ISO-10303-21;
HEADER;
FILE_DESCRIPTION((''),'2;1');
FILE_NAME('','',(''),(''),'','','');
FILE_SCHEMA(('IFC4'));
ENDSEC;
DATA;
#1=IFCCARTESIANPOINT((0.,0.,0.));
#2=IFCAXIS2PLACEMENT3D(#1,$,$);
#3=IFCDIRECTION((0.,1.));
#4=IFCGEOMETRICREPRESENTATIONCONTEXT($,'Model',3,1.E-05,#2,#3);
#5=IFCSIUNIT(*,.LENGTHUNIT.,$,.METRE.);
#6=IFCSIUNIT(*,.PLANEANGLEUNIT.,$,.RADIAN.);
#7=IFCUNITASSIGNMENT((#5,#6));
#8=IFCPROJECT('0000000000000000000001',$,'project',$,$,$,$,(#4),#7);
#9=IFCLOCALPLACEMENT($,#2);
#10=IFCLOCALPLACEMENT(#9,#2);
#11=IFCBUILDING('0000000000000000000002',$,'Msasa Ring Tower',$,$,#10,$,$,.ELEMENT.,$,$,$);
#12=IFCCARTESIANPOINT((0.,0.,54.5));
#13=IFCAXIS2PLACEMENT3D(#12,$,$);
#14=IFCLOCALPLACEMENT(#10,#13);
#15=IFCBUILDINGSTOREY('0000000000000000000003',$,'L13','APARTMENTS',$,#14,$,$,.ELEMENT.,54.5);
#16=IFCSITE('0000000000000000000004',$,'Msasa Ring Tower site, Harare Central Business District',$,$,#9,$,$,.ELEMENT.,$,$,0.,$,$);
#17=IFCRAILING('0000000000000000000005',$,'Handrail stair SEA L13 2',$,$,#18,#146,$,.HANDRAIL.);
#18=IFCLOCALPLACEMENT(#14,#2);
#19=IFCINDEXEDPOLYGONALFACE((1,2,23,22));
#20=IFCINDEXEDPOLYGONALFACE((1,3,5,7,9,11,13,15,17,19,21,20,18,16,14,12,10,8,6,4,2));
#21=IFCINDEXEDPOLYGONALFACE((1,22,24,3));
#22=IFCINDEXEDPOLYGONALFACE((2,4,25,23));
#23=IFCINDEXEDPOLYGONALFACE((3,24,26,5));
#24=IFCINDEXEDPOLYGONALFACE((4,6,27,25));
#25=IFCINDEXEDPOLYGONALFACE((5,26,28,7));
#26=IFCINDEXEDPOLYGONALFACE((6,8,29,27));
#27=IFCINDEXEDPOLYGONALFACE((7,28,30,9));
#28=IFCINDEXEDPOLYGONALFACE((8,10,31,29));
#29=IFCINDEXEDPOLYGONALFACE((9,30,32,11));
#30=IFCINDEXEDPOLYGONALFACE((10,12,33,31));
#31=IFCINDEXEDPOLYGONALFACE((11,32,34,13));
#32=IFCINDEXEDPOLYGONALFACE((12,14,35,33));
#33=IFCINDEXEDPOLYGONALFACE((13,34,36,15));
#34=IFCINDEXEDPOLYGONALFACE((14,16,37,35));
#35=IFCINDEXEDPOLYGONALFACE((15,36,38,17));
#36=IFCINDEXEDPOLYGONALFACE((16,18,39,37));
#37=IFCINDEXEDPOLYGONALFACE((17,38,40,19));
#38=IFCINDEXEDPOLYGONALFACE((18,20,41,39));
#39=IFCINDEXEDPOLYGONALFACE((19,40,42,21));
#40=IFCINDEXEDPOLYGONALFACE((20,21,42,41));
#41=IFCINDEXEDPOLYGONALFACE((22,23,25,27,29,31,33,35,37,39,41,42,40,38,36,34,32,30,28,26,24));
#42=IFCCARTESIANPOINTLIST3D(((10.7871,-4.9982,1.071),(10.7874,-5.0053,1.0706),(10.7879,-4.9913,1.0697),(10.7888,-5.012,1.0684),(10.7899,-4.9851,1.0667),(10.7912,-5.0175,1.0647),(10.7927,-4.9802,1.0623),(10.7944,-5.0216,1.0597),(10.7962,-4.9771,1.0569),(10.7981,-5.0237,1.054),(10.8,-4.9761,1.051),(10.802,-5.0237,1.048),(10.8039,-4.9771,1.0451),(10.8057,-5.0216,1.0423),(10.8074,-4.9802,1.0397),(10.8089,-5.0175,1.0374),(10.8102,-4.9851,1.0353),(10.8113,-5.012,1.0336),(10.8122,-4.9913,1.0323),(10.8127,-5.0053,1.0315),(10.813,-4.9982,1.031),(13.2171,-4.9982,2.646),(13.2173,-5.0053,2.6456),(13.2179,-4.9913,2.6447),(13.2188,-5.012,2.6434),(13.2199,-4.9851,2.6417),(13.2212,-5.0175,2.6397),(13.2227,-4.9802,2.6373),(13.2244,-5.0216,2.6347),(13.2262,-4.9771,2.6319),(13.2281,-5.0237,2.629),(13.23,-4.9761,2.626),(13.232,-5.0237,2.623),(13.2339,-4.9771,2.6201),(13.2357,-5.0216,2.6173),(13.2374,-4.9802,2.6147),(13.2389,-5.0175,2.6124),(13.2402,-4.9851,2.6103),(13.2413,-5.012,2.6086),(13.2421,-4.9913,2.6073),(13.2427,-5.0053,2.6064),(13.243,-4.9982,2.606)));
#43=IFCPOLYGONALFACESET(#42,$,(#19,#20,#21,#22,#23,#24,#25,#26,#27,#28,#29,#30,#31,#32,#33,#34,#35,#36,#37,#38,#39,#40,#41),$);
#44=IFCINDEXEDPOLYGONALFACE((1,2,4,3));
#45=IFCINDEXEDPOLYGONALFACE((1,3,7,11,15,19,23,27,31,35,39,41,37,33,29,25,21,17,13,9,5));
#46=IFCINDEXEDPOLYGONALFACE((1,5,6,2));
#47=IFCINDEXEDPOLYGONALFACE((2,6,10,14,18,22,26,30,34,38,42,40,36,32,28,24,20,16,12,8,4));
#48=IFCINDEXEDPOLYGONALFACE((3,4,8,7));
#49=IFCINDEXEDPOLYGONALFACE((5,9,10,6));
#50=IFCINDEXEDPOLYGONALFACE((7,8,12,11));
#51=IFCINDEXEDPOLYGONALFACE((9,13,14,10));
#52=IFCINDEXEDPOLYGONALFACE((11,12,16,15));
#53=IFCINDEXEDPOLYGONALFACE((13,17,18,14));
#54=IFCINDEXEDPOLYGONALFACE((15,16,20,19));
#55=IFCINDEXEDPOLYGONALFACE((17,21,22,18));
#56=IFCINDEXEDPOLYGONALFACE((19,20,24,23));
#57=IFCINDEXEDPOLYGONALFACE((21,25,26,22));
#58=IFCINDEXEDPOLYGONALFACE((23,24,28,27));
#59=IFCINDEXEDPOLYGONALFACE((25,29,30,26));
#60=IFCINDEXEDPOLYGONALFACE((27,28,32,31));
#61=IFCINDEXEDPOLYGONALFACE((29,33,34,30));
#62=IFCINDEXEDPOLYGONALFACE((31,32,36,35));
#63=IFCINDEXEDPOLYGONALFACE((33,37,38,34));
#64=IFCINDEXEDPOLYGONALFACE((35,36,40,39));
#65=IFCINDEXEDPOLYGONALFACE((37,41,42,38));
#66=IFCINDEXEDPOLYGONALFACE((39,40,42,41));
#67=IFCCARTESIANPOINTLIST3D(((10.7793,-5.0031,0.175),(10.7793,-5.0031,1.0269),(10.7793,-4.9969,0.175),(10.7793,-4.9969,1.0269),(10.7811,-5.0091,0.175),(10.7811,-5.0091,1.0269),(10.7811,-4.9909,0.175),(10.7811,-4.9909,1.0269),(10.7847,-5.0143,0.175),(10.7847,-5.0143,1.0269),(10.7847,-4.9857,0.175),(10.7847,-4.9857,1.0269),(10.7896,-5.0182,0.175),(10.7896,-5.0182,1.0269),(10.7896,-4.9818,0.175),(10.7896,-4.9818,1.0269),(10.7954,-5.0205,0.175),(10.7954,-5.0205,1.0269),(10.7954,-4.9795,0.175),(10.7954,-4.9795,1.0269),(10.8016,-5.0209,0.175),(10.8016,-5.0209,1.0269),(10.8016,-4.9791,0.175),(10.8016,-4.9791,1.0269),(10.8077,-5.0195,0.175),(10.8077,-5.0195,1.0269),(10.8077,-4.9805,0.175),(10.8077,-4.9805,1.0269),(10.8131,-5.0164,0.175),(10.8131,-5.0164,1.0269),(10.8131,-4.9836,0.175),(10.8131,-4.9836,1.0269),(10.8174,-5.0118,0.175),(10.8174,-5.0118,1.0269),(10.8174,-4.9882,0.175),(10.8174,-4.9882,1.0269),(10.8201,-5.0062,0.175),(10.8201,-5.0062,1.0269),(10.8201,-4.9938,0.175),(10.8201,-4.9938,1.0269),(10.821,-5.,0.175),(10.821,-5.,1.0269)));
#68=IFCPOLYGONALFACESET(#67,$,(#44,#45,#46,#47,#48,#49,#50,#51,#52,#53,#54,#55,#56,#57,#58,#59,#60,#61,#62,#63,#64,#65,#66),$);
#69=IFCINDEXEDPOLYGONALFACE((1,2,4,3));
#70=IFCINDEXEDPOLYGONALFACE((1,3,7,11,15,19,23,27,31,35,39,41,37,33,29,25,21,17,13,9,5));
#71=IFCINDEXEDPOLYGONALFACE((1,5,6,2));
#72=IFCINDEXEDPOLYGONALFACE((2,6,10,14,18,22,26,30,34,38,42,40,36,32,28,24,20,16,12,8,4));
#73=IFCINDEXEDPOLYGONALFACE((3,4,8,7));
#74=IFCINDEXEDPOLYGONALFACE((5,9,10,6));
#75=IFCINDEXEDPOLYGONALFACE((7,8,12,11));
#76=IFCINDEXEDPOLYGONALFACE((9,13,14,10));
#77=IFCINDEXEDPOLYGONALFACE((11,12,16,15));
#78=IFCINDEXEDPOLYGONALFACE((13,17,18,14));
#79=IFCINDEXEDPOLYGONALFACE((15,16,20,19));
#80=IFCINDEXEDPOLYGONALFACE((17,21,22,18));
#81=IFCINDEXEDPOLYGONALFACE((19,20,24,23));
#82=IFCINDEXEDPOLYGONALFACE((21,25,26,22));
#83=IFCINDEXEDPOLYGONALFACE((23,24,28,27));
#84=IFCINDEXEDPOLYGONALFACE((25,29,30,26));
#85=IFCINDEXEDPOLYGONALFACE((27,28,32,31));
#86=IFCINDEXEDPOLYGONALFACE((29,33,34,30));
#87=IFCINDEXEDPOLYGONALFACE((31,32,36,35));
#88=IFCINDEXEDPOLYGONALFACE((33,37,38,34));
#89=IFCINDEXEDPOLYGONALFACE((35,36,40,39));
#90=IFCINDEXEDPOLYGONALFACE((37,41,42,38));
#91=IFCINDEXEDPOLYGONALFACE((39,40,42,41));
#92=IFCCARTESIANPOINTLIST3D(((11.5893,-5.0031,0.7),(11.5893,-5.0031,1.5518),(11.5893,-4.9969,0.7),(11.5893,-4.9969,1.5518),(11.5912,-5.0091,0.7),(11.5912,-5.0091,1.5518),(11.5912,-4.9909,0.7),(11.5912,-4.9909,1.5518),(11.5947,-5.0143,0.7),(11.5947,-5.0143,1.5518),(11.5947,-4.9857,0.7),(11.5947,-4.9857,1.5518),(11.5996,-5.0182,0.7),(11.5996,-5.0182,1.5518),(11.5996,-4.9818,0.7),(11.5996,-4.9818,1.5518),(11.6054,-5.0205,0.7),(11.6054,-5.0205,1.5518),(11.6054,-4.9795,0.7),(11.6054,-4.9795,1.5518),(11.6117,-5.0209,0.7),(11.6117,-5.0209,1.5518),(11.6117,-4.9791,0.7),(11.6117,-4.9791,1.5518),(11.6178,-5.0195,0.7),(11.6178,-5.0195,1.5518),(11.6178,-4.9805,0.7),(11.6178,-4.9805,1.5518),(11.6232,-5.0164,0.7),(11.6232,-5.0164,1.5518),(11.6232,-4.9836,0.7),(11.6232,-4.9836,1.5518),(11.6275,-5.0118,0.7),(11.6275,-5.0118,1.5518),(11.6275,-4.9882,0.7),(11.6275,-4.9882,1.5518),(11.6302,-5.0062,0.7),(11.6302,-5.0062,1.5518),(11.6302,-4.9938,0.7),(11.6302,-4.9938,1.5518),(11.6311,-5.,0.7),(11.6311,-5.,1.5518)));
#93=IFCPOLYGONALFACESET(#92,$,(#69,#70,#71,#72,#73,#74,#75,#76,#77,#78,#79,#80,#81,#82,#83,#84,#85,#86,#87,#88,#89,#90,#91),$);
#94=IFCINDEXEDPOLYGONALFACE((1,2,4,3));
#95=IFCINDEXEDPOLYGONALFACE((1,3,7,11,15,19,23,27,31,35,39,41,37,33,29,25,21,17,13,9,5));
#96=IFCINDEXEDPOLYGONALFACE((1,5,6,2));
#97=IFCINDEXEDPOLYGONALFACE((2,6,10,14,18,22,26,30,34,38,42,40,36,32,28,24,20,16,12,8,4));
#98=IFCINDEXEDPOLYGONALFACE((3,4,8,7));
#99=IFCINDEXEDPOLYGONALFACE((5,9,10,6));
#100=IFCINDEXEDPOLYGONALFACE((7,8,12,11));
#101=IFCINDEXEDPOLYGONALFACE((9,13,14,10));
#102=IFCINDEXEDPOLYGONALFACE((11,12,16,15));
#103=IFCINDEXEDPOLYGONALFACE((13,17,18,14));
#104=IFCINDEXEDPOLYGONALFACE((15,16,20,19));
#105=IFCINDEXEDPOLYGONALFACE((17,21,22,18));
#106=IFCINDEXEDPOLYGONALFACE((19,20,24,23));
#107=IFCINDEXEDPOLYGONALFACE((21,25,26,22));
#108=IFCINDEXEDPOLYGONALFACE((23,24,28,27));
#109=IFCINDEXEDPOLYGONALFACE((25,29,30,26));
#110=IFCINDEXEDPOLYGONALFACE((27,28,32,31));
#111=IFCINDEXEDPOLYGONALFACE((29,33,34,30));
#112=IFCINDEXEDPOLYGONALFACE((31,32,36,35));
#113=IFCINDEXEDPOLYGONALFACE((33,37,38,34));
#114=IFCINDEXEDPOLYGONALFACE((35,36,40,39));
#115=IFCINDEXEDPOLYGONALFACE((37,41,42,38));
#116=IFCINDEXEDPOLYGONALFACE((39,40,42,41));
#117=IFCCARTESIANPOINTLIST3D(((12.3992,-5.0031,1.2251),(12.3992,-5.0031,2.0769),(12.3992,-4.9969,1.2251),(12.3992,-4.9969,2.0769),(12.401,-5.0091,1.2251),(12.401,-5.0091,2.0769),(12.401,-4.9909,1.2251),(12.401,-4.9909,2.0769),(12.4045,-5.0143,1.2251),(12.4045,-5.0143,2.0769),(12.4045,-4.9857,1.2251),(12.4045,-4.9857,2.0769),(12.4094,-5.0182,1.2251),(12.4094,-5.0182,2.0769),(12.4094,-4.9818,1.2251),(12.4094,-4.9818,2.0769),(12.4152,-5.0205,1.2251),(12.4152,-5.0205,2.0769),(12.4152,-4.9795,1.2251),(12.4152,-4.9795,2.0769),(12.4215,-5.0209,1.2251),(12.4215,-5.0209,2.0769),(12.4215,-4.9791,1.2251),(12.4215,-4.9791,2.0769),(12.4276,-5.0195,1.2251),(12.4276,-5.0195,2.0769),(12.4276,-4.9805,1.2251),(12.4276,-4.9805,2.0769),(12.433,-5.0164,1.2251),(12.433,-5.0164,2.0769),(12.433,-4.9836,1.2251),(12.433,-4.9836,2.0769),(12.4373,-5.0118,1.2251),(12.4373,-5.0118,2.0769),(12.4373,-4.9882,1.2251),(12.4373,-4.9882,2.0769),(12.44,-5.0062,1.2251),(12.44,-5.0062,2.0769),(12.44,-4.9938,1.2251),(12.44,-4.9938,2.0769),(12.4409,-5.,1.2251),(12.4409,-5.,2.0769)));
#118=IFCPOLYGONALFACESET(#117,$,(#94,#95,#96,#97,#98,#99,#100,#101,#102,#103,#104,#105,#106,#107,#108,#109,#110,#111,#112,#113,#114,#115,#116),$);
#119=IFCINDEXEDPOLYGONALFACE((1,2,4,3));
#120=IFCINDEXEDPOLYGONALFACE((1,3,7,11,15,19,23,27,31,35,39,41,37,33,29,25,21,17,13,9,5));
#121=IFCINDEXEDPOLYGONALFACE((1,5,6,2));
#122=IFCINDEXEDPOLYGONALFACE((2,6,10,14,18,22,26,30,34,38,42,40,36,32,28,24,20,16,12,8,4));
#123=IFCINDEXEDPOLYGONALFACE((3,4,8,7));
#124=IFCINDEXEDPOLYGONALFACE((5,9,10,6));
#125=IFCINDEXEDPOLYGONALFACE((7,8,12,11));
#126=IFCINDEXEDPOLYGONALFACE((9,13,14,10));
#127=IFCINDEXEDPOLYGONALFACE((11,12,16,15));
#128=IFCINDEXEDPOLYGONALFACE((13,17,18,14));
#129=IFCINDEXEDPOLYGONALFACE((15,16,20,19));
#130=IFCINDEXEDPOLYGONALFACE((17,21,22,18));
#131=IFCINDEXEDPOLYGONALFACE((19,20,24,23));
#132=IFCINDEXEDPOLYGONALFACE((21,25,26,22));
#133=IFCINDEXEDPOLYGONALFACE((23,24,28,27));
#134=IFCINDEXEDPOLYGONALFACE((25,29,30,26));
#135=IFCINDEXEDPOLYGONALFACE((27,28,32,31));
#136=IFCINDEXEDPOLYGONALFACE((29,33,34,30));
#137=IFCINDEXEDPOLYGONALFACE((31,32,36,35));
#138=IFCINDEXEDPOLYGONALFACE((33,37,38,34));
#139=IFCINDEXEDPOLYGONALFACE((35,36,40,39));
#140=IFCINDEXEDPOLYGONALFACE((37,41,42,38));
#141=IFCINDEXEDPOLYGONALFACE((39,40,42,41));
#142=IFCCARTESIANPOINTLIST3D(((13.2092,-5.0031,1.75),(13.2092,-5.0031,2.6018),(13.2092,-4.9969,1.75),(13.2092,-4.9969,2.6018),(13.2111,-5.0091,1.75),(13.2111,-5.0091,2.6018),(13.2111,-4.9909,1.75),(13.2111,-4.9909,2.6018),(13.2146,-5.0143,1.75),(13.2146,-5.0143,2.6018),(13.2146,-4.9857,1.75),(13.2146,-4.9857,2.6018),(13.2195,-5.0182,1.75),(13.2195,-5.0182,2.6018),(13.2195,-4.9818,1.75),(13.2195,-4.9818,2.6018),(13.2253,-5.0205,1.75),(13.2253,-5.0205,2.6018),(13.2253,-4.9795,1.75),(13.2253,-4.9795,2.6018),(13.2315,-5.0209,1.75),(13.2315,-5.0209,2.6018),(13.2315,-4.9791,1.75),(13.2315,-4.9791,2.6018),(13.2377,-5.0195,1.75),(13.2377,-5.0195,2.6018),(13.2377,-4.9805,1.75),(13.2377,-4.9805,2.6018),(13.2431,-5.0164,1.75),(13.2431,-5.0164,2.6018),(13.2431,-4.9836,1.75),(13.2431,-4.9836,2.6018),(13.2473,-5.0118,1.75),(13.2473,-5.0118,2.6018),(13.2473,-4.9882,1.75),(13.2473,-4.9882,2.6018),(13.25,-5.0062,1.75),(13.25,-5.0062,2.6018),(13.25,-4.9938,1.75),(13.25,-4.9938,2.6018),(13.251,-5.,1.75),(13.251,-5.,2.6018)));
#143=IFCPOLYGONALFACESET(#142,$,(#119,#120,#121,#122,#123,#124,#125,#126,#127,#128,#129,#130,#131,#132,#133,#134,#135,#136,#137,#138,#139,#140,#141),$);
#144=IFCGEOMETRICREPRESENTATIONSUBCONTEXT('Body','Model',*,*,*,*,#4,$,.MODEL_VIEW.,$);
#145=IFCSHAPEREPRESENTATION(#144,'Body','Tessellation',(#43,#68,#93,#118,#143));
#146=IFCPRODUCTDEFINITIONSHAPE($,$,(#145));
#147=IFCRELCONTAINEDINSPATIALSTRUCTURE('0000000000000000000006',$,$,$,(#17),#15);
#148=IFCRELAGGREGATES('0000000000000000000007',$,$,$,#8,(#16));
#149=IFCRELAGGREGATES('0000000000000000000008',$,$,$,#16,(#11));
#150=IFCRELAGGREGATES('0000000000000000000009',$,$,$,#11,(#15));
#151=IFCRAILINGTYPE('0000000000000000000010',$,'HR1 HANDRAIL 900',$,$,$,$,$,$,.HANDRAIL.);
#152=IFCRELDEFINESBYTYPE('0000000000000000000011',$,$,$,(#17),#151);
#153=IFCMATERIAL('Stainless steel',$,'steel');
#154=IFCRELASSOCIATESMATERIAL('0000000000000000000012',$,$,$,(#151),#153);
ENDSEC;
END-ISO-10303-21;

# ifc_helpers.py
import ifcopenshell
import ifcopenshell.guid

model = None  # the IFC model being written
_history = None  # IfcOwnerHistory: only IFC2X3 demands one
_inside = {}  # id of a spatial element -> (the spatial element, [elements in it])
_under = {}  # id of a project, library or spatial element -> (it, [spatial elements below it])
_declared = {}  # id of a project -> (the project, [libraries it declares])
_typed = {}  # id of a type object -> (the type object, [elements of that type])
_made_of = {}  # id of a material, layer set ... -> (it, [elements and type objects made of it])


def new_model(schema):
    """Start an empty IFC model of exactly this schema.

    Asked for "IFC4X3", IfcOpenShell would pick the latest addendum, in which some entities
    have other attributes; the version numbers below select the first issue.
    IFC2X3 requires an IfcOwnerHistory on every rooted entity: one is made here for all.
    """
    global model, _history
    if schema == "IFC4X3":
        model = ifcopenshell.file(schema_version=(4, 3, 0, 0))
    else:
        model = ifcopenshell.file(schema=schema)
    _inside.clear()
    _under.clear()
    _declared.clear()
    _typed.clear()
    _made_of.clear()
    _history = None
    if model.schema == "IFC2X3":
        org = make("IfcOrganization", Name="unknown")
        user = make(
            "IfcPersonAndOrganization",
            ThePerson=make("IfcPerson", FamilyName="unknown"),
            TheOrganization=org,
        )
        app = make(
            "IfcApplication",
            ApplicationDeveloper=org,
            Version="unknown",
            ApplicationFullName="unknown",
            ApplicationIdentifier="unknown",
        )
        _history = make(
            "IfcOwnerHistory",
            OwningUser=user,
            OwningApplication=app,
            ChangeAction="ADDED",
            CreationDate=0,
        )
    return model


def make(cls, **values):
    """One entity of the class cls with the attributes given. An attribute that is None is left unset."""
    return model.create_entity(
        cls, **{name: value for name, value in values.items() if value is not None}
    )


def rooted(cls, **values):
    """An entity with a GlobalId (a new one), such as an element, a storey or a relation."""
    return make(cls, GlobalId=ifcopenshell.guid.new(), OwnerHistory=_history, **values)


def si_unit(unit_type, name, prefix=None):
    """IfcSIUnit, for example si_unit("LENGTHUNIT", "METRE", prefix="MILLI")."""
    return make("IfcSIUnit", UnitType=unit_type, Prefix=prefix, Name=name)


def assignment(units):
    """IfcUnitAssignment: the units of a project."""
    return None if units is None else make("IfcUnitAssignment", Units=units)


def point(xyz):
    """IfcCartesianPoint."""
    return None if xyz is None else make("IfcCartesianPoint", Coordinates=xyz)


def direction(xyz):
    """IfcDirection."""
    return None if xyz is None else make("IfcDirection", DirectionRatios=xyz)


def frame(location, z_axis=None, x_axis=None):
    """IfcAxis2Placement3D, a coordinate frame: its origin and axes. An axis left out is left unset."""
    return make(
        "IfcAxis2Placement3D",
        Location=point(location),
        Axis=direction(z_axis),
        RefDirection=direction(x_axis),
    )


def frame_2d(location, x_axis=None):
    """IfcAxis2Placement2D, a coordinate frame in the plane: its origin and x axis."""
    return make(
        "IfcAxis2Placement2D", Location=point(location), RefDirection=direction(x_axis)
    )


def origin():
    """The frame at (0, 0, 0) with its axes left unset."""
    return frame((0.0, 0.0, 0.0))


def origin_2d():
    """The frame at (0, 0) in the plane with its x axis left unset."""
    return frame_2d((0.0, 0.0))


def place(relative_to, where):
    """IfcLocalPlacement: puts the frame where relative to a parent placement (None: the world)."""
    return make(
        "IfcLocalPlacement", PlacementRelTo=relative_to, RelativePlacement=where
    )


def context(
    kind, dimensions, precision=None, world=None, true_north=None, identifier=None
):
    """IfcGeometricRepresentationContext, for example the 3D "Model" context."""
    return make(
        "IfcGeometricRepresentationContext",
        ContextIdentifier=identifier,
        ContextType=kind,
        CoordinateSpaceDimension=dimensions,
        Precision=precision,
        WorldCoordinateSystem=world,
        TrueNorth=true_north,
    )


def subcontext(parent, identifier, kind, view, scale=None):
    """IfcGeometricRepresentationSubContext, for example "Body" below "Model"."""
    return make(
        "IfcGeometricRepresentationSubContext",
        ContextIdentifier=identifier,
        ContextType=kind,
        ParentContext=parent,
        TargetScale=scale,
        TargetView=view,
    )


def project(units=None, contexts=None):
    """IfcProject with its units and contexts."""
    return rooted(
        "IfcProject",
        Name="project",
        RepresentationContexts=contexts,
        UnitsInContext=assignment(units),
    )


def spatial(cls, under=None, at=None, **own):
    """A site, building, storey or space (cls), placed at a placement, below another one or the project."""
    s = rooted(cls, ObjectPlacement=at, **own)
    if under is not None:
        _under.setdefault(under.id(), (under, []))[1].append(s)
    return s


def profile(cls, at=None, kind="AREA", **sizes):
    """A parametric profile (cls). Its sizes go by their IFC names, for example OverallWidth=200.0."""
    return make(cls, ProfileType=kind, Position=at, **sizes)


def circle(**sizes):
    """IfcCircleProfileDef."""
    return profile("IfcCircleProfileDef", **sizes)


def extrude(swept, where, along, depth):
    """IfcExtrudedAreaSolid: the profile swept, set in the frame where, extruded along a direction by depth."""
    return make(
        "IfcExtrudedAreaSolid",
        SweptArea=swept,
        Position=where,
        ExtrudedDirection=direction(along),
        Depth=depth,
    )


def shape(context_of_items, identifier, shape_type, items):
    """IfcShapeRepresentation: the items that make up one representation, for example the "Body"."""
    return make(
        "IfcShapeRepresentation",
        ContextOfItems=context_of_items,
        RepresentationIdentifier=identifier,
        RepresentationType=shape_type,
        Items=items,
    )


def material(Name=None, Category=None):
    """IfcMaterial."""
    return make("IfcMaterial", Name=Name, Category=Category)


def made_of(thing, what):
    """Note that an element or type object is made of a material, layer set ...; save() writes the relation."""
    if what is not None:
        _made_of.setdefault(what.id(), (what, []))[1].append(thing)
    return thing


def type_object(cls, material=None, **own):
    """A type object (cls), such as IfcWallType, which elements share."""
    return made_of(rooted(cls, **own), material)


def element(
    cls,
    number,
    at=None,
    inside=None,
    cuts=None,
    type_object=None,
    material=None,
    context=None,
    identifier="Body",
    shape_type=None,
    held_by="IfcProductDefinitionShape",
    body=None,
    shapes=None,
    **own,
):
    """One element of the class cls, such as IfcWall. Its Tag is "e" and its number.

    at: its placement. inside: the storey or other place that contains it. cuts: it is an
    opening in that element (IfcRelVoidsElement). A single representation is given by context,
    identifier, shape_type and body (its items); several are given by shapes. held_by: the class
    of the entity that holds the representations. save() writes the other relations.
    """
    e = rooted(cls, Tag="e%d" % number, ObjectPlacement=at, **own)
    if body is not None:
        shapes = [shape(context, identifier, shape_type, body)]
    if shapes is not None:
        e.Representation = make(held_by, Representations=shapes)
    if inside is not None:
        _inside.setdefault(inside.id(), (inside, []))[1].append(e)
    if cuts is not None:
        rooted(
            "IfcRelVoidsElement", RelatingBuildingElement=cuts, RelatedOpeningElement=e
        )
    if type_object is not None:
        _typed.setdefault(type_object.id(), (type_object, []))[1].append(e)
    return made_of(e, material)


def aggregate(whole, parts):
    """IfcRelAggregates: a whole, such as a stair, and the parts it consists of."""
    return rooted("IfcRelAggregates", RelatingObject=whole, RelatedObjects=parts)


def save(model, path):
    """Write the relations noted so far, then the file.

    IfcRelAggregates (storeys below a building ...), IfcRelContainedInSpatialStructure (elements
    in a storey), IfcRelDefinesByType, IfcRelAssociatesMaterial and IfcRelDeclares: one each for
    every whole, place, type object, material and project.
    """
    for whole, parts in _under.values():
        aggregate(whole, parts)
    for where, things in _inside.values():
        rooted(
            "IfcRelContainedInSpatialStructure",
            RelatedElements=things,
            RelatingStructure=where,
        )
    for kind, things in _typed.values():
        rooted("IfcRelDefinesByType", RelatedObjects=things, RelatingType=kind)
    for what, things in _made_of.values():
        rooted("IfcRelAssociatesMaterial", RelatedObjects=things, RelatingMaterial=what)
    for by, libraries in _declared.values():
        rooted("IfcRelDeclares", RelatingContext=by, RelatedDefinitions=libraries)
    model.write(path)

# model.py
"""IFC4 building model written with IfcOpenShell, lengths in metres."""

from ifc_helpers import new_model, si_unit, direction, frame, origin, origin_2d, place, context, subcontext, project, spatial, circle, extrude, material, type_object, element, save


model = new_model("IFC4")

# Units and contexts
model_context = context("Model", 3, precision=1e-05, world=origin(), true_north=direction((0.0, 1.0)))
body_context = subcontext(model_context, "Body", "Model", "MODEL_VIEW")
ifc_project = project(units=[si_unit("LENGTHUNIT", "METRE"), si_unit("PLANEANGLEUNIT", "RADIAN")], contexts=[model_context])

# Site, building, storey
site_placement = place(None, origin())
site = spatial("IfcSite", under=ifc_project, at=site_placement, Name="Msasa Ring Tower site, Harare Central Business District", CompositionType="ELEMENT", RefElevation=0.0)
building_placement = place(site_placement, origin())
building = spatial("IfcBuilding", under=site, at=building_placement, Name="Msasa Ring Tower", CompositionType="ELEMENT")
storey_placement = place(building_placement, frame((0.0, 0.0, 54.5)))
storey = spatial("IfcBuildingStorey", under=building, at=storey_placement, Name="L13", Description="APARTMENTS", CompositionType="ELEMENT", Elevation=54.5)

# Railing
ifc_material_1 = material(Name="Stainless steel", Category="steel")
railing_type = type_object("IfcRailingType", Name="HR1 HANDRAIL 900", PredefinedType="HANDRAIL", material=ifc_material_1)
for number, where, name in (
    (1, (10.8, -5.0, 0.175), "Handrail stair SEA L13 2"),
):
    element("IfcRailing", number, at=place(storey_placement, frame(where)), inside=storey, type_object=railing_type, Name=name, PredefinedType="HANDRAIL", context=body_context, shape_type="SweptSolid", body=[
        extrude(circle(Radius=0.0239, at=origin_2d()), frame((0.0, 0.0, 0.876), z_axis=(0.839154, 0.0, 0.543894), x_axis=(0.0, 1.0, 0.0)), (0.0, 0.0, 1.0), 2.8958),
        extrude(circle(Radius=0.021, at=origin_2d()), origin(), (0.0, 0.0, 1.0), 0.8518),
        extrude(circle(Radius=0.021, at=origin_2d()), frame((0.8101, 0.0, 0.5249)), (0.0, 0.0, 1.0), 0.8518),
        extrude(circle(Radius=0.021, at=origin_2d()), frame((1.6199, 0.0, 1.05)), (0.0, 0.0, 1.0), 0.8518),
        extrude(circle(Radius=0.021, at=origin_2d()), frame((2.4299, 0.0, 1.575)), (0.0, 0.0, 1.0), 0.8518),
    ])

save(model, "model.ifc")
